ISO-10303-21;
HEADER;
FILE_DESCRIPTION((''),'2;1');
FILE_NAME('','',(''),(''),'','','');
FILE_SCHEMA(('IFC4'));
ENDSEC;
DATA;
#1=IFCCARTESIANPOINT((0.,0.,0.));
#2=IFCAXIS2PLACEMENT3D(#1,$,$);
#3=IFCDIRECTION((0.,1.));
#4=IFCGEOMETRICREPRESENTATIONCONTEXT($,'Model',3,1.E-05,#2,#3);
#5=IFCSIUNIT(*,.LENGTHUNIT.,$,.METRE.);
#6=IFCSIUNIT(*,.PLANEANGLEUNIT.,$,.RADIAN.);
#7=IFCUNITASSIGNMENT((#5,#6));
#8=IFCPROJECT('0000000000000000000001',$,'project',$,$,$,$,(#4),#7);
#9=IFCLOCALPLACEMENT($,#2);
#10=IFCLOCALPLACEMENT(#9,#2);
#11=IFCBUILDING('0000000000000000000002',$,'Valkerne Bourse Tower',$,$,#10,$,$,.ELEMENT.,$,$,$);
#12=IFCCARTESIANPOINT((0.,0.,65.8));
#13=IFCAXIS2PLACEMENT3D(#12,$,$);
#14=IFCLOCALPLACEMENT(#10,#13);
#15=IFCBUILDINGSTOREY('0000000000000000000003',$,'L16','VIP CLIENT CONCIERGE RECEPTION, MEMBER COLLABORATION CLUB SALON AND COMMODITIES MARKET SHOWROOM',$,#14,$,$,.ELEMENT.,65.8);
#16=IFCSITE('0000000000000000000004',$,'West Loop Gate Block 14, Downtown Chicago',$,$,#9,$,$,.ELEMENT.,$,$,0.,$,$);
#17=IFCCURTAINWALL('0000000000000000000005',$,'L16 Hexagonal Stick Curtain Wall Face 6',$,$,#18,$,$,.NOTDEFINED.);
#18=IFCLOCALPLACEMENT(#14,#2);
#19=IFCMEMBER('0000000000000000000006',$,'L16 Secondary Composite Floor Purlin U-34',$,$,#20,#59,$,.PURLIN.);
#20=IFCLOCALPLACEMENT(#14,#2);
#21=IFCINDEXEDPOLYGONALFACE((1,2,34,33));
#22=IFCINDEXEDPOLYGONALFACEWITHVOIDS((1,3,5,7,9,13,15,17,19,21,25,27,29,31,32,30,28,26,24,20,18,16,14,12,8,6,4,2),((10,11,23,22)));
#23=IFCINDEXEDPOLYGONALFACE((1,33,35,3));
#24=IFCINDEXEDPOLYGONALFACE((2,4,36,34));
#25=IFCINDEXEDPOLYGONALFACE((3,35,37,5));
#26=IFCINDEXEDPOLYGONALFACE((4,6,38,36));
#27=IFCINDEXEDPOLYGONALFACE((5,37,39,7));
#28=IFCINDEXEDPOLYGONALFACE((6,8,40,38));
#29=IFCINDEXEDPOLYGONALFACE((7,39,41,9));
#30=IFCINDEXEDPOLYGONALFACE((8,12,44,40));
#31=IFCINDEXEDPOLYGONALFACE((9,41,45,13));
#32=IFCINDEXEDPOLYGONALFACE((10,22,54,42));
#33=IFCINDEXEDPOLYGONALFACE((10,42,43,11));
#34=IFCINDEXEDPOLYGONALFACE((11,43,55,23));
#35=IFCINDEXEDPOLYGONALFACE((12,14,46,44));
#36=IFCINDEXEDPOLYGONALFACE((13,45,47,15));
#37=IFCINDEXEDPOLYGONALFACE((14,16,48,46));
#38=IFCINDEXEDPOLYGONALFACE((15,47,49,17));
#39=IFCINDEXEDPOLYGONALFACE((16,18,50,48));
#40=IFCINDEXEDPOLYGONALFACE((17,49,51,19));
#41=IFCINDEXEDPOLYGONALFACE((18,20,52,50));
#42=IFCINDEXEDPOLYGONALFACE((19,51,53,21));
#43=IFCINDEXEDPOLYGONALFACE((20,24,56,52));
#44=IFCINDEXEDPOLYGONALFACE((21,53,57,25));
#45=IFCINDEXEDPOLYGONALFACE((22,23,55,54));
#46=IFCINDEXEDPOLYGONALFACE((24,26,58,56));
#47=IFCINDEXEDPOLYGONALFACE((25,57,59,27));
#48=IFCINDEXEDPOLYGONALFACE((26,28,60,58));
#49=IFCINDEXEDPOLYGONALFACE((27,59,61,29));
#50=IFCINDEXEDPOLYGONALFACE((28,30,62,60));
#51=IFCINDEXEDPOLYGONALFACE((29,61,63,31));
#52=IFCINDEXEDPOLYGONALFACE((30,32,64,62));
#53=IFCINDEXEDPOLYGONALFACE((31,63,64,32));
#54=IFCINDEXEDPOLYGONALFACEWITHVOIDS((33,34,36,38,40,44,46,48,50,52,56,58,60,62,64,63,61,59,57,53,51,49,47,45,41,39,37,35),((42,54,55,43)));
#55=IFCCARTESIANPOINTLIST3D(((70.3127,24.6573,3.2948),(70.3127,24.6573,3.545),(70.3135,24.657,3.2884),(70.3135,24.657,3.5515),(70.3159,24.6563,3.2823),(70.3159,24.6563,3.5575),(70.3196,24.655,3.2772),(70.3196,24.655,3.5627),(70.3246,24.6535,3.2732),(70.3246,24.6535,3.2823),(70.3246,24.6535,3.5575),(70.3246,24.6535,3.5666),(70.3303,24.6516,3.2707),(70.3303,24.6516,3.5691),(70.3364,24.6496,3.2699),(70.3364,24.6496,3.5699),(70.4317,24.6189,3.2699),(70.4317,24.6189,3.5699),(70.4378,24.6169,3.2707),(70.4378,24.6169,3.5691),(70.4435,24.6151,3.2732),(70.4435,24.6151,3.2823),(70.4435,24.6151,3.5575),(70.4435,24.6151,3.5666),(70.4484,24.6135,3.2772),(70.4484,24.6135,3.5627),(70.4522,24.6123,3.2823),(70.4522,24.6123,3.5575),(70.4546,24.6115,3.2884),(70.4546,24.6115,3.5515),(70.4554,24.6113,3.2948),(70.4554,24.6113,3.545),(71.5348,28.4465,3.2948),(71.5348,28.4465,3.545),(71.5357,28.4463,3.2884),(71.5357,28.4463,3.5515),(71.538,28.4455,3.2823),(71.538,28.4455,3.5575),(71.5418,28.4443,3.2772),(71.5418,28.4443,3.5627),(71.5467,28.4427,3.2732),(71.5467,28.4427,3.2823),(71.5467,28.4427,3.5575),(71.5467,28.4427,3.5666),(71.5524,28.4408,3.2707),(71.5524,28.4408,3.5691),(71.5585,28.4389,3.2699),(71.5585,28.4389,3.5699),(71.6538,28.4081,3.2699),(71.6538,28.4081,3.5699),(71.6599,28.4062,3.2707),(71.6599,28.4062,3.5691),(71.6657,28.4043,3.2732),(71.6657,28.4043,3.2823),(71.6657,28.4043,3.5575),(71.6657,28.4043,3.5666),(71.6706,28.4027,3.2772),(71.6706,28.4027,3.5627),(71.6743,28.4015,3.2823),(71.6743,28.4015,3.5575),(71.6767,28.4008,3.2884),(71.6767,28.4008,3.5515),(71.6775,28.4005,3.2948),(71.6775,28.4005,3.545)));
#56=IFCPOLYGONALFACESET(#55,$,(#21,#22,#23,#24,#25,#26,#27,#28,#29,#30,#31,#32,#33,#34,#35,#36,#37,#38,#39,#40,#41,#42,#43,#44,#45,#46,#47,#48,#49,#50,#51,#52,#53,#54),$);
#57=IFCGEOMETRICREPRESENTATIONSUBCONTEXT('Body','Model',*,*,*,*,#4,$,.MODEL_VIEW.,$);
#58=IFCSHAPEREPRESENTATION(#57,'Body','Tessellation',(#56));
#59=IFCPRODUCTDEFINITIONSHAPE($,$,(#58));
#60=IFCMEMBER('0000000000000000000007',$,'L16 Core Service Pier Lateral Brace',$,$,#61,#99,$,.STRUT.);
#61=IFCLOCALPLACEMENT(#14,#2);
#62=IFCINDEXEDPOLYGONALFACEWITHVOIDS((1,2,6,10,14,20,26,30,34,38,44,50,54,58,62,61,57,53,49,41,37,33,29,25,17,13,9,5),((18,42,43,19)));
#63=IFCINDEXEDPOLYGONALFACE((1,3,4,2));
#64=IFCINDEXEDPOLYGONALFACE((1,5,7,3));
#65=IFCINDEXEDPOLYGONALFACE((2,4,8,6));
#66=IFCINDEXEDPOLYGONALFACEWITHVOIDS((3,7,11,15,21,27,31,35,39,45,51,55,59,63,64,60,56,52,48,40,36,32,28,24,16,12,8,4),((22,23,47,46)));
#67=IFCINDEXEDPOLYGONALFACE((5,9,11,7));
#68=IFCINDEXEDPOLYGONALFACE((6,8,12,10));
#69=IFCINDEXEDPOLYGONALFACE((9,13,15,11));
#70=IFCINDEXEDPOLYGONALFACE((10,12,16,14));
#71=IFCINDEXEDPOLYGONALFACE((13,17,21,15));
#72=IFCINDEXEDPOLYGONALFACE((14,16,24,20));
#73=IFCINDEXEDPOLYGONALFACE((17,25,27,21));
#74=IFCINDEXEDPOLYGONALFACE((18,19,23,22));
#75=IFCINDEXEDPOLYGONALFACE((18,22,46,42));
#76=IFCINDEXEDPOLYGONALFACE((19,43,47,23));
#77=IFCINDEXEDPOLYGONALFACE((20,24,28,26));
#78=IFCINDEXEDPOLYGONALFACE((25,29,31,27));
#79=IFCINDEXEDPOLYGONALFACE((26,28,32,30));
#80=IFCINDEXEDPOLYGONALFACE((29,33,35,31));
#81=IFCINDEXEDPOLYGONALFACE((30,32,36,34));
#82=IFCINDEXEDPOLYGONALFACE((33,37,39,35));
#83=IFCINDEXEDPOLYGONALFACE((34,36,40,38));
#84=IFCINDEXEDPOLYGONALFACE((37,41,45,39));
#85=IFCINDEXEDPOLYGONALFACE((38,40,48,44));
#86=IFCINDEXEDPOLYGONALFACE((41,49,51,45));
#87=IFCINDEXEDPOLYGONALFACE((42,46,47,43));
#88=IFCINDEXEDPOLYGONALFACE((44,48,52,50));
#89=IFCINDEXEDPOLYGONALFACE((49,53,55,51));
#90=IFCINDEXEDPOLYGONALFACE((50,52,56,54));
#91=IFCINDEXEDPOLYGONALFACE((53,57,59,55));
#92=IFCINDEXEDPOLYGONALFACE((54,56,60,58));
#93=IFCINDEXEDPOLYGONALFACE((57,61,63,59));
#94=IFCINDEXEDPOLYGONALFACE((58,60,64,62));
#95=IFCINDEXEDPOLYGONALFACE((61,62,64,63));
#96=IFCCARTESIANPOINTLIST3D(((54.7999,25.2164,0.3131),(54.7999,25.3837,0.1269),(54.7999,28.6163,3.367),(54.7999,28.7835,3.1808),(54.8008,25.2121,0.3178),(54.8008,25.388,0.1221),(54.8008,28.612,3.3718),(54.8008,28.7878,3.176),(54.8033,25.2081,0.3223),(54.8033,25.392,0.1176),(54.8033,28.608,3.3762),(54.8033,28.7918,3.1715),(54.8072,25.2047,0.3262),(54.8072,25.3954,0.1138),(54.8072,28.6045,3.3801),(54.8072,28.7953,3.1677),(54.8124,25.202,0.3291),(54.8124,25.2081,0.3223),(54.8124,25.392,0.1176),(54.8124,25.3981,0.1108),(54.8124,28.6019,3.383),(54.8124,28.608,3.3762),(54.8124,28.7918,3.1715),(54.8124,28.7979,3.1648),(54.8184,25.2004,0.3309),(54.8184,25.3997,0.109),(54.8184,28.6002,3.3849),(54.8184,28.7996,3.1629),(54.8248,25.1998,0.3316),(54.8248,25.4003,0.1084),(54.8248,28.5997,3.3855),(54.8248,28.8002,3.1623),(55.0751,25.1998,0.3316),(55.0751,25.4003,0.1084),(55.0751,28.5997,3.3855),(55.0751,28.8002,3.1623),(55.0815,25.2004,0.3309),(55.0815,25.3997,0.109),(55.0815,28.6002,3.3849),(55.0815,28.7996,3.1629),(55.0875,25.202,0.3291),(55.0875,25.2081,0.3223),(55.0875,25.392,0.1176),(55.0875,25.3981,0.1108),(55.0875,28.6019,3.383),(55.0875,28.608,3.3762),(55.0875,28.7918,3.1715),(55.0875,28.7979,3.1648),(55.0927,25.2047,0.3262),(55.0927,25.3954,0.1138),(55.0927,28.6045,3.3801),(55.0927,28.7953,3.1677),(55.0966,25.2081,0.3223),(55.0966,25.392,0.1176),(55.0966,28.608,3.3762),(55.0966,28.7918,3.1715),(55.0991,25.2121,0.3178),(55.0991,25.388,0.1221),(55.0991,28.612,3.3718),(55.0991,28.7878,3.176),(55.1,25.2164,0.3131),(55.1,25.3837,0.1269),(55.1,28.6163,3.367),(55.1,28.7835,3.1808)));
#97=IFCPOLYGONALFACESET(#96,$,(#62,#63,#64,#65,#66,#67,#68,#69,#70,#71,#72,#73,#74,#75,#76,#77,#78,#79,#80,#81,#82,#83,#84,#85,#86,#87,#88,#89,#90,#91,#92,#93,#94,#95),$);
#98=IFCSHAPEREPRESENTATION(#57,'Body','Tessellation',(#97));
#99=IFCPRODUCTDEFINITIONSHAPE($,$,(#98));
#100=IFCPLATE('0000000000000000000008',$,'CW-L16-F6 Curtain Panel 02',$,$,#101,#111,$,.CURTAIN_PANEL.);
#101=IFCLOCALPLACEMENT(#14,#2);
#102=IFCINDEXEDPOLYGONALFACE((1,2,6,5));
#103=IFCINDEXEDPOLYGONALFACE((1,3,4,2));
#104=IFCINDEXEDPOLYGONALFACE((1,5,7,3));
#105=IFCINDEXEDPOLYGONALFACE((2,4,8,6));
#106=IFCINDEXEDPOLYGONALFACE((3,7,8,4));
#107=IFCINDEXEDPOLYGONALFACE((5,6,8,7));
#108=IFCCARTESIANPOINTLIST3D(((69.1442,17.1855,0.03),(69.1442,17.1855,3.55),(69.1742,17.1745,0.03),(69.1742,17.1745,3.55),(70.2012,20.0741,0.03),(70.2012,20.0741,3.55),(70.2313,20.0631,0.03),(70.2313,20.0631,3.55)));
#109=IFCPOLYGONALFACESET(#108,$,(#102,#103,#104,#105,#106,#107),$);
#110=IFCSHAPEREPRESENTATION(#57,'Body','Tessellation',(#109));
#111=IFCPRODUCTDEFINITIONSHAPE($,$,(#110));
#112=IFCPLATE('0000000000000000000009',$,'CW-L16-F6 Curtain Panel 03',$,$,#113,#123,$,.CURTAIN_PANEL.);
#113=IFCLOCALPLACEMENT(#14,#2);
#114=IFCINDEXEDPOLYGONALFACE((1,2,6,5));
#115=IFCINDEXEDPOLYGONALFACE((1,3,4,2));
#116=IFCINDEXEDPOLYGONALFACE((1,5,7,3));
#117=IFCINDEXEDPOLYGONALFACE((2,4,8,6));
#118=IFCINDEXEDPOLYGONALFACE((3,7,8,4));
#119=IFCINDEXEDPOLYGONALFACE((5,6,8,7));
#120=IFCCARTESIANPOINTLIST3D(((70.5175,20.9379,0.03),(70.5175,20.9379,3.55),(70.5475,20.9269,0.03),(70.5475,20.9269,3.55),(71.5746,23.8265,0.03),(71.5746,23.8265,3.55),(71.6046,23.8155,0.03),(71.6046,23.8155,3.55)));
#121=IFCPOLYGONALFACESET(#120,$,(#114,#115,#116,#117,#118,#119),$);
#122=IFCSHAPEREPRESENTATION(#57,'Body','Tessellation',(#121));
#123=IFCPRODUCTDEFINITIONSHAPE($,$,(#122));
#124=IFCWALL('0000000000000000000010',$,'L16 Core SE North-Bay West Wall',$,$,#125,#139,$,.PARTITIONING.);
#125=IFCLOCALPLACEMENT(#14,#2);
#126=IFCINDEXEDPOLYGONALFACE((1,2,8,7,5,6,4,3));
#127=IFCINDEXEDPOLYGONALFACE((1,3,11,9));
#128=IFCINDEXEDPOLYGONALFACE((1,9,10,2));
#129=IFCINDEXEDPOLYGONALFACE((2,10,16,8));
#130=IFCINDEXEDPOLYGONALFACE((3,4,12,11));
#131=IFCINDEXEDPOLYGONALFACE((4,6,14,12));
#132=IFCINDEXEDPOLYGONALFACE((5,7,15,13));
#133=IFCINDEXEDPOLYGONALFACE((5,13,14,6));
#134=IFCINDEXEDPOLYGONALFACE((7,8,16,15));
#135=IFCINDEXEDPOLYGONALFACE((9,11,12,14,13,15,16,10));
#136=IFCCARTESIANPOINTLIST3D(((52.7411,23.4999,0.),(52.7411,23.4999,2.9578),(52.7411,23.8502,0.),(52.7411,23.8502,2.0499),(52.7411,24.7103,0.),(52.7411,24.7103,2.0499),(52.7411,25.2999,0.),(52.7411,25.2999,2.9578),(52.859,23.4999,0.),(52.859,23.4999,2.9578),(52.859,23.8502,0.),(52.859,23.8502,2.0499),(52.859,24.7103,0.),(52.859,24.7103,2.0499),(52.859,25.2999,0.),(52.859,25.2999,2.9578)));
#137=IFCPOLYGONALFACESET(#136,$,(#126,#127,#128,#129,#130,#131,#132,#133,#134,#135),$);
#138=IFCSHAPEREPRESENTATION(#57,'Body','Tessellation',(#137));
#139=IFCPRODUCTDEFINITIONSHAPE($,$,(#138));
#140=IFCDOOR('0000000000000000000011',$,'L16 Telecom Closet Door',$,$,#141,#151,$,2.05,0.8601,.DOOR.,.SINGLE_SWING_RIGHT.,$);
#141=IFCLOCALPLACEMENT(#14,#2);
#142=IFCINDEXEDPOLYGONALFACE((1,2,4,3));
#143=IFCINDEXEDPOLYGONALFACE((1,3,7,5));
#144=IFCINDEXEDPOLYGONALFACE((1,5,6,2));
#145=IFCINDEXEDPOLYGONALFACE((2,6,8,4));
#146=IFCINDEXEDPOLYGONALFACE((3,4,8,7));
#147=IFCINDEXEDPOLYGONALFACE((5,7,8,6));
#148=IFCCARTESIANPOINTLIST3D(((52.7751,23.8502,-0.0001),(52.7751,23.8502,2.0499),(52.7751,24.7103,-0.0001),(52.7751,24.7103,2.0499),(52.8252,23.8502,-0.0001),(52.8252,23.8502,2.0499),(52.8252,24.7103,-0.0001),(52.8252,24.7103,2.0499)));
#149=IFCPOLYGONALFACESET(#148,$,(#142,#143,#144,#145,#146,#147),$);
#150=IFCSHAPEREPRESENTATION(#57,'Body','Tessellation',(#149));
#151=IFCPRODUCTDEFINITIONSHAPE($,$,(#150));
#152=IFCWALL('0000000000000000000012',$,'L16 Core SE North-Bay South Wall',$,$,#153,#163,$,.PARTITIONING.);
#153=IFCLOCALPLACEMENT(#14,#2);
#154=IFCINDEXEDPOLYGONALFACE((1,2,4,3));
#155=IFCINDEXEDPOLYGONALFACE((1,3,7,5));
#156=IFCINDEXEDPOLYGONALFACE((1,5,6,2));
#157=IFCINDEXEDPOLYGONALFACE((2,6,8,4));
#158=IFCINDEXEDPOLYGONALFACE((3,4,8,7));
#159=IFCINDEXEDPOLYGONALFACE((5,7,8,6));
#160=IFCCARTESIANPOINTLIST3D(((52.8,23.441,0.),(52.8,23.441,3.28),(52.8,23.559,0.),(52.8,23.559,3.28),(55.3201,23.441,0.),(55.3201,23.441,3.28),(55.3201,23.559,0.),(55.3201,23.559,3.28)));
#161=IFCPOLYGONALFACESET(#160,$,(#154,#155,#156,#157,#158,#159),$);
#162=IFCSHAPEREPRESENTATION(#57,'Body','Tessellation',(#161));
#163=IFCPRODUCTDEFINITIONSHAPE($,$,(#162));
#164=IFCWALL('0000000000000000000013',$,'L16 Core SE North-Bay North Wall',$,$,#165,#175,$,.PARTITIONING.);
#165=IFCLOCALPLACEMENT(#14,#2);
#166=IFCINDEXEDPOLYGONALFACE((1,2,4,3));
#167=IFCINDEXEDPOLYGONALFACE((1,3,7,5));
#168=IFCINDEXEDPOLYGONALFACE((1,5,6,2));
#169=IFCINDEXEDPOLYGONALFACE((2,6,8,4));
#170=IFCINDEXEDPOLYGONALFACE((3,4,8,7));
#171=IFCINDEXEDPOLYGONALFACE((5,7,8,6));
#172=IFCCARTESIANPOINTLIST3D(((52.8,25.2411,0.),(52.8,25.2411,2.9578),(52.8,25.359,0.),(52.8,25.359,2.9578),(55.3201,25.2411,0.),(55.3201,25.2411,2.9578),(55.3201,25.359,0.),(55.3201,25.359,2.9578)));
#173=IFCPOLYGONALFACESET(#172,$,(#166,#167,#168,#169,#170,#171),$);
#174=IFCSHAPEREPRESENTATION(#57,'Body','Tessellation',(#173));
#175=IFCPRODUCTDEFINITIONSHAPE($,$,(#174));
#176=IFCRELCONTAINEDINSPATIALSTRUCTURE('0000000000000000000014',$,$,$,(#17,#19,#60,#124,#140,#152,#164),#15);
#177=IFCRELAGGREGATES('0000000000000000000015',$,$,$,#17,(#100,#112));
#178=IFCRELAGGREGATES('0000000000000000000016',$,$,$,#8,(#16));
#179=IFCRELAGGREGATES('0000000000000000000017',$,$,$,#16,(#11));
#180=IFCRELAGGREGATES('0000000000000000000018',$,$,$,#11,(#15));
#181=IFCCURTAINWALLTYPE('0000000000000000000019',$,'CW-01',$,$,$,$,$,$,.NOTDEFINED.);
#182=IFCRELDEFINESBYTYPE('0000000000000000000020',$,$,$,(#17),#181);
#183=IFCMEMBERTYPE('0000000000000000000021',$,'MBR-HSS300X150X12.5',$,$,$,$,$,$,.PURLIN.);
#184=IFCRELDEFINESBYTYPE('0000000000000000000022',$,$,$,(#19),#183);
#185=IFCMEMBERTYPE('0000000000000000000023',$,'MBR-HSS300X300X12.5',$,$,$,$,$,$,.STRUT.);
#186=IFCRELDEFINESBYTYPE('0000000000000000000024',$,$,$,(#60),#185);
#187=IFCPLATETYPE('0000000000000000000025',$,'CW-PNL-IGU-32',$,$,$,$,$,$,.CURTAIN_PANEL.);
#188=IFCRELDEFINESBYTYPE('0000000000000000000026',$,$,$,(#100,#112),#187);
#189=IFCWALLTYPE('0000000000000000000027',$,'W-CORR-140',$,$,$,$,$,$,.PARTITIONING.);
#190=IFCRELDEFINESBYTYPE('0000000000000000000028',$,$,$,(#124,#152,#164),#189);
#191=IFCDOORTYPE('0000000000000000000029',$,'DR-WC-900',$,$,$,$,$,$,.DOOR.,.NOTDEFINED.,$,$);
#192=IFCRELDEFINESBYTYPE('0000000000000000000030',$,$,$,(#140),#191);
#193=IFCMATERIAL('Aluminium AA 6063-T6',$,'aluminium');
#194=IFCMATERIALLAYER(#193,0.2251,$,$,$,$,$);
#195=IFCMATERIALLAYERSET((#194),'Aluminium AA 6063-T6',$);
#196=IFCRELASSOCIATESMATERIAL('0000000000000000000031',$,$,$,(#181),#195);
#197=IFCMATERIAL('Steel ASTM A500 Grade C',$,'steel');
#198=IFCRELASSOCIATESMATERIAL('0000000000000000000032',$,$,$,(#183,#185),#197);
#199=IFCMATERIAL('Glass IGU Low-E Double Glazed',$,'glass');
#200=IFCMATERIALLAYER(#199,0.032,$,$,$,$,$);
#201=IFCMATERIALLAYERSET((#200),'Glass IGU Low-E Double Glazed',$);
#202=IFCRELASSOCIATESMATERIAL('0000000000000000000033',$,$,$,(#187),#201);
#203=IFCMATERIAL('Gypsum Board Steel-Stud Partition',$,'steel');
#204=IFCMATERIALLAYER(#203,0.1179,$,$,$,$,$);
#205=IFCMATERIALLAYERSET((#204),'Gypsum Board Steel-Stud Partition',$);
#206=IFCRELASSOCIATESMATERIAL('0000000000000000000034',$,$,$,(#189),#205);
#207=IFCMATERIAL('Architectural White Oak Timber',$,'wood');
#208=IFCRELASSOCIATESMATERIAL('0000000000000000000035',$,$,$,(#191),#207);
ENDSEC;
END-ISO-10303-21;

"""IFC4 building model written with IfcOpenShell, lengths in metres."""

from ifc_helpers import new_model, si_unit, direction, frame, frame_2d, origin, origin_2d, place, context, subcontext, project, spatial, rectangle, hollow_rectangle, extrude, material, layer, layer_set, material_profile, profile_set, type_object, element, fill, aggregate, save


model = new_model("IFC4")

# Units and contexts
model_context = context("Model", 3, precision=1e-05, world=origin(), true_north=direction((0.0, 1.0)))
body_context = subcontext(model_context, "Body", "Model", "MODEL_VIEW")
ifc_project = project(units=[si_unit("LENGTHUNIT", "METRE"), si_unit("PLANEANGLEUNIT", "RADIAN")], contexts=[model_context])

# Site, building, storey
site_placement = place(None, origin())
site = spatial("IfcSite", under=ifc_project, at=site_placement, Name="West Loop Gate Block 14, Downtown Chicago", CompositionType="ELEMENT", RefElevation=0.0)
building_placement = place(site_placement, origin())
building = spatial("IfcBuilding", under=site, at=building_placement, Name="Valkerne Bourse Tower", CompositionType="ELEMENT")
storey_placement = place(building_placement, frame((0.0, 0.0, 65.8)))
storey = spatial("IfcBuildingStorey", under=building, at=storey_placement, Name="L16", Description="VIP CLIENT CONCIERGE RECEPTION, MEMBER COLLABORATION CLUB SALON AND COMMODITIES MARKET SHOWROOM", CompositionType="ELEMENT", Elevation=65.8)

# Curtain wall
ifc_material_1 = material(Name="Aluminium AA 6063-T6", Category="aluminium")
ifc_layer_1 = layer(ifc_material_1, 0.2251)
ifc_layer_set_1 = layer_set([ifc_layer_1], Name="Aluminium AA 6063-T6")
curtain_wall_type = type_object("IfcCurtainWallType", Name="CW-01", PredefinedType="NOTDEFINED", material=ifc_layer_set_1)
curtain_wall_placement = place(storey_placement, origin())
curtain_wall = element("IfcCurtainWall", 1, at=curtain_wall_placement, inside=storey, type_object=curtain_wall_type, Name="L16 Hexagonal Stick Curtain Wall Face 6", PredefinedType="NOTDEFINED")

# Members
ifc_material_2 = material(Name="Steel ASTM A500 Grade C", Category="steel")
ifc_material_profile_1 = material_profile(ifc_material_2, hollow_rectangle(XDim=0.1499, YDim=0.3, WallThickness=0.0125, OuterFilletRadius=0.0249, at=origin_2d()), Name="HSS300X150X12.5")
ifc_profile_set_1 = profile_set([ifc_material_profile_1], Name="Steel ASTM A500 Grade C")
member_type_1 = type_object("IfcMemberType", Name="MBR-HSS300X150X12.5", PredefinedType="PURLIN", material=ifc_profile_set_1)
member_1_placement = place(storey_placement, frame((70.384, 24.6343, 3.4199), z_axis=(0.30696, 0.951722, 0.0), x_axis=(-0.951722, 0.30696, 0.0)))
element("IfcMember", 2, at=member_1_placement, inside=storey, type_object=member_type_1, Name="L16 Secondary Composite Floor Purlin U-34", PredefinedType="PURLIN", context=body_context, shape_type="SweptSolid", body=[
    extrude(hollow_rectangle(XDim=0.1499, YDim=0.3, WallThickness=0.0125, OuterFilletRadius=0.0249, at=origin_2d()), origin(), (0.0, 0.0, 1.0), 3.9814),
])
ifc_material_profile_2 = material_profile(ifc_material_2, hollow_rectangle(XDim=0.3, YDim=0.3, WallThickness=0.0125, OuterFilletRadius=0.0249, at=origin_2d()), Name="HSS300X300X12.5")
ifc_profile_set_2 = profile_set([ifc_material_profile_2], Name="Steel ASTM A500 Grade C")
member_type_2 = type_object("IfcMemberType", Name="MBR-HSS300X300X12.5", PredefinedType="STRUT", material=ifc_profile_set_2)
member_2_placement = place(storey_placement, frame((54.95, 25.3, 0.22), z_axis=(0.0, 0.743942, 0.668244), x_axis=(-1.0, 0.0, 0.0)))
element("IfcMember", 3, at=member_2_placement, inside=storey, type_object=member_type_2, Name="L16 Core Service Pier Lateral Brace", PredefinedType="STRUT", context=body_context, shape_type="SweptSolid", body=[
    extrude(hollow_rectangle(XDim=0.3, YDim=0.3, WallThickness=0.0125, OuterFilletRadius=0.0249, at=origin_2d()), origin(), (0.0, 0.0, 1.0), 4.5701),
])

# Plates
ifc_material_3 = material(Name="Glass IGU Low-E Double Glazed", Category="glass")
ifc_layer_2 = layer(ifc_material_3, 0.032)
ifc_layer_set_2 = layer_set([ifc_layer_2], Name="Glass IGU Low-E Double Glazed")
plate_type = type_object("IfcPlateType", Name="CW-PNL-IGU-32", PredefinedType="CURTAIN_PANEL", material=ifc_layer_set_2)
plate_1_placement = place(storey_placement, frame((69.6877, 18.6243, 0.03), z_axis=(0.0, 0.0, 1.0), x_axis=(0.343647, 0.939099, 0.0)))
plate_1 = element("IfcPlate", 4, at=plate_1_placement, type_object=plate_type, Name="CW-L16-F6 Curtain Panel 02", PredefinedType="CURTAIN_PANEL", context=body_context, shape_type="SweptSolid", body=[
    extrude(rectangle(XDim=3.0759, YDim=0.032, at=origin_2d()), origin(), (0.0, 0.0, 1.0), 3.52),
])
plate_2_placement = place(storey_placement, frame((71.061, 22.3767, 0.03), z_axis=(0.0, 0.0, 1.0), x_axis=(0.343669, 0.939091, 0.0)))
plate_2 = element("IfcPlate", 5, at=plate_2_placement, type_object=plate_type, Name="CW-L16-F6 Curtain Panel 03", PredefinedType="CURTAIN_PANEL", context=body_context, shape_type="SweptSolid", body=[
    extrude(rectangle(XDim=3.0759, YDim=0.032, at=origin_2d()), origin(), (0.0, 0.0, 1.0), 3.52),
])
aggregate(curtain_wall, [plate_1, plate_2])

# Wall, opening, door
ifc_material_4 = material(Name="Gypsum Board Steel-Stud Partition", Category="steel")
ifc_layer_3 = layer(ifc_material_4, 0.1179)
ifc_layer_set_3 = layer_set([ifc_layer_3], Name="Gypsum Board Steel-Stud Partition")
wall_type_1 = type_object("IfcWallType", Name="W-CORR-140", PredefinedType="PARTITIONING", material=ifc_layer_set_3)
wall_1_placement = place(storey_placement, frame((52.8, 23.5, 0.0), z_axis=(0.0, 0.0, 1.0), x_axis=(0.0, 1.0, 0.0)))
wall_1 = element("IfcWall", 6, at=wall_1_placement, inside=storey, type_object=wall_type_1, Name="L16 Core SE North-Bay West Wall", PredefinedType="PARTITIONING", context=body_context, shape_type="SweptSolid", body=[
    extrude(rectangle(XDim=1.8, YDim=0.1179, at=frame_2d((0.8999, 0.0))), origin(), (0.0, 0.0, 1.0), 2.9578),
])
opening_1_placement = place(wall_1_placement, frame((0.3501, 0.0, 0.0)))
opening_1 = element("IfcOpeningElement", 7, at=opening_1_placement, cuts=wall_1, PredefinedType="OPENING", context=body_context, shape_type="SweptSolid", body=[
    extrude(rectangle(XDim=0.8601, YDim=2.05, at=frame_2d((0.4302, 1.0249))), frame((0.0, 0.0688, 0.0), z_axis=(0.0, -1.0, 0.0), x_axis=(1.0, 0.0, 0.0)), (0.0, 0.0, 1.0), 0.1379),
])
ifc_material_5 = material(Name="Architectural White Oak Timber", Category="wood")
door_type_1 = type_object("IfcDoorType", Name="DR-WC-900", OperationType="NOTDEFINED", PredefinedType="DOOR", material=ifc_material_5)
door_1_placement = place(opening_1_placement, origin())
door_1 = element("IfcDoor", 8, at=door_1_placement, inside=storey, type_object=door_type_1, Name="L16 Telecom Closet Door", OperationType="SINGLE_SWING_RIGHT", OverallHeight=2.05, OverallWidth=0.8601, PredefinedType="DOOR", context=body_context, shape_type="SweptSolid", body=[
    extrude(rectangle(XDim=0.8601, YDim=2.05, at=frame_2d((0.4302, 1.0249))), frame((0.0, 0.0249, 0.0), z_axis=(0.0, -1.0, 0.0), x_axis=(1.0, 0.0, 0.0)), (0.0, 0.0, 1.0), 0.05),
])
fill(opening_1, door_1)

# Walls
wall_2_placement = place(storey_placement, frame((52.8, 23.5, 0.0), z_axis=(0.0, 0.0, 1.0), x_axis=(1.0, 0.0, 0.0)))
element("IfcWall", 9, at=wall_2_placement, inside=storey, type_object=wall_type_1, Name="L16 Core SE North-Bay South Wall", PredefinedType="PARTITIONING", context=body_context, shape_type="SweptSolid", body=[
    extrude(rectangle(XDim=2.52, YDim=0.1179, at=frame_2d((1.26, 0.0))), origin(), (0.0, 0.0, 1.0), 3.28),
])
wall_3_placement = place(storey_placement, frame((52.8, 25.3, 0.0), z_axis=(0.0, 0.0, 1.0), x_axis=(1.0, 0.0, 0.0)))
element("IfcWall", 10, at=wall_3_placement, inside=storey, type_object=wall_type_1, Name="L16 Core SE North-Bay North Wall", PredefinedType="PARTITIONING", context=body_context, shape_type="SweptSolid", body=[
    extrude(rectangle(XDim=2.52, YDim=0.1179, at=frame_2d((1.26, 0.0))), origin(), (0.0, 0.0, 1.0), 2.9578),
])

save(model, "model.ifc")
